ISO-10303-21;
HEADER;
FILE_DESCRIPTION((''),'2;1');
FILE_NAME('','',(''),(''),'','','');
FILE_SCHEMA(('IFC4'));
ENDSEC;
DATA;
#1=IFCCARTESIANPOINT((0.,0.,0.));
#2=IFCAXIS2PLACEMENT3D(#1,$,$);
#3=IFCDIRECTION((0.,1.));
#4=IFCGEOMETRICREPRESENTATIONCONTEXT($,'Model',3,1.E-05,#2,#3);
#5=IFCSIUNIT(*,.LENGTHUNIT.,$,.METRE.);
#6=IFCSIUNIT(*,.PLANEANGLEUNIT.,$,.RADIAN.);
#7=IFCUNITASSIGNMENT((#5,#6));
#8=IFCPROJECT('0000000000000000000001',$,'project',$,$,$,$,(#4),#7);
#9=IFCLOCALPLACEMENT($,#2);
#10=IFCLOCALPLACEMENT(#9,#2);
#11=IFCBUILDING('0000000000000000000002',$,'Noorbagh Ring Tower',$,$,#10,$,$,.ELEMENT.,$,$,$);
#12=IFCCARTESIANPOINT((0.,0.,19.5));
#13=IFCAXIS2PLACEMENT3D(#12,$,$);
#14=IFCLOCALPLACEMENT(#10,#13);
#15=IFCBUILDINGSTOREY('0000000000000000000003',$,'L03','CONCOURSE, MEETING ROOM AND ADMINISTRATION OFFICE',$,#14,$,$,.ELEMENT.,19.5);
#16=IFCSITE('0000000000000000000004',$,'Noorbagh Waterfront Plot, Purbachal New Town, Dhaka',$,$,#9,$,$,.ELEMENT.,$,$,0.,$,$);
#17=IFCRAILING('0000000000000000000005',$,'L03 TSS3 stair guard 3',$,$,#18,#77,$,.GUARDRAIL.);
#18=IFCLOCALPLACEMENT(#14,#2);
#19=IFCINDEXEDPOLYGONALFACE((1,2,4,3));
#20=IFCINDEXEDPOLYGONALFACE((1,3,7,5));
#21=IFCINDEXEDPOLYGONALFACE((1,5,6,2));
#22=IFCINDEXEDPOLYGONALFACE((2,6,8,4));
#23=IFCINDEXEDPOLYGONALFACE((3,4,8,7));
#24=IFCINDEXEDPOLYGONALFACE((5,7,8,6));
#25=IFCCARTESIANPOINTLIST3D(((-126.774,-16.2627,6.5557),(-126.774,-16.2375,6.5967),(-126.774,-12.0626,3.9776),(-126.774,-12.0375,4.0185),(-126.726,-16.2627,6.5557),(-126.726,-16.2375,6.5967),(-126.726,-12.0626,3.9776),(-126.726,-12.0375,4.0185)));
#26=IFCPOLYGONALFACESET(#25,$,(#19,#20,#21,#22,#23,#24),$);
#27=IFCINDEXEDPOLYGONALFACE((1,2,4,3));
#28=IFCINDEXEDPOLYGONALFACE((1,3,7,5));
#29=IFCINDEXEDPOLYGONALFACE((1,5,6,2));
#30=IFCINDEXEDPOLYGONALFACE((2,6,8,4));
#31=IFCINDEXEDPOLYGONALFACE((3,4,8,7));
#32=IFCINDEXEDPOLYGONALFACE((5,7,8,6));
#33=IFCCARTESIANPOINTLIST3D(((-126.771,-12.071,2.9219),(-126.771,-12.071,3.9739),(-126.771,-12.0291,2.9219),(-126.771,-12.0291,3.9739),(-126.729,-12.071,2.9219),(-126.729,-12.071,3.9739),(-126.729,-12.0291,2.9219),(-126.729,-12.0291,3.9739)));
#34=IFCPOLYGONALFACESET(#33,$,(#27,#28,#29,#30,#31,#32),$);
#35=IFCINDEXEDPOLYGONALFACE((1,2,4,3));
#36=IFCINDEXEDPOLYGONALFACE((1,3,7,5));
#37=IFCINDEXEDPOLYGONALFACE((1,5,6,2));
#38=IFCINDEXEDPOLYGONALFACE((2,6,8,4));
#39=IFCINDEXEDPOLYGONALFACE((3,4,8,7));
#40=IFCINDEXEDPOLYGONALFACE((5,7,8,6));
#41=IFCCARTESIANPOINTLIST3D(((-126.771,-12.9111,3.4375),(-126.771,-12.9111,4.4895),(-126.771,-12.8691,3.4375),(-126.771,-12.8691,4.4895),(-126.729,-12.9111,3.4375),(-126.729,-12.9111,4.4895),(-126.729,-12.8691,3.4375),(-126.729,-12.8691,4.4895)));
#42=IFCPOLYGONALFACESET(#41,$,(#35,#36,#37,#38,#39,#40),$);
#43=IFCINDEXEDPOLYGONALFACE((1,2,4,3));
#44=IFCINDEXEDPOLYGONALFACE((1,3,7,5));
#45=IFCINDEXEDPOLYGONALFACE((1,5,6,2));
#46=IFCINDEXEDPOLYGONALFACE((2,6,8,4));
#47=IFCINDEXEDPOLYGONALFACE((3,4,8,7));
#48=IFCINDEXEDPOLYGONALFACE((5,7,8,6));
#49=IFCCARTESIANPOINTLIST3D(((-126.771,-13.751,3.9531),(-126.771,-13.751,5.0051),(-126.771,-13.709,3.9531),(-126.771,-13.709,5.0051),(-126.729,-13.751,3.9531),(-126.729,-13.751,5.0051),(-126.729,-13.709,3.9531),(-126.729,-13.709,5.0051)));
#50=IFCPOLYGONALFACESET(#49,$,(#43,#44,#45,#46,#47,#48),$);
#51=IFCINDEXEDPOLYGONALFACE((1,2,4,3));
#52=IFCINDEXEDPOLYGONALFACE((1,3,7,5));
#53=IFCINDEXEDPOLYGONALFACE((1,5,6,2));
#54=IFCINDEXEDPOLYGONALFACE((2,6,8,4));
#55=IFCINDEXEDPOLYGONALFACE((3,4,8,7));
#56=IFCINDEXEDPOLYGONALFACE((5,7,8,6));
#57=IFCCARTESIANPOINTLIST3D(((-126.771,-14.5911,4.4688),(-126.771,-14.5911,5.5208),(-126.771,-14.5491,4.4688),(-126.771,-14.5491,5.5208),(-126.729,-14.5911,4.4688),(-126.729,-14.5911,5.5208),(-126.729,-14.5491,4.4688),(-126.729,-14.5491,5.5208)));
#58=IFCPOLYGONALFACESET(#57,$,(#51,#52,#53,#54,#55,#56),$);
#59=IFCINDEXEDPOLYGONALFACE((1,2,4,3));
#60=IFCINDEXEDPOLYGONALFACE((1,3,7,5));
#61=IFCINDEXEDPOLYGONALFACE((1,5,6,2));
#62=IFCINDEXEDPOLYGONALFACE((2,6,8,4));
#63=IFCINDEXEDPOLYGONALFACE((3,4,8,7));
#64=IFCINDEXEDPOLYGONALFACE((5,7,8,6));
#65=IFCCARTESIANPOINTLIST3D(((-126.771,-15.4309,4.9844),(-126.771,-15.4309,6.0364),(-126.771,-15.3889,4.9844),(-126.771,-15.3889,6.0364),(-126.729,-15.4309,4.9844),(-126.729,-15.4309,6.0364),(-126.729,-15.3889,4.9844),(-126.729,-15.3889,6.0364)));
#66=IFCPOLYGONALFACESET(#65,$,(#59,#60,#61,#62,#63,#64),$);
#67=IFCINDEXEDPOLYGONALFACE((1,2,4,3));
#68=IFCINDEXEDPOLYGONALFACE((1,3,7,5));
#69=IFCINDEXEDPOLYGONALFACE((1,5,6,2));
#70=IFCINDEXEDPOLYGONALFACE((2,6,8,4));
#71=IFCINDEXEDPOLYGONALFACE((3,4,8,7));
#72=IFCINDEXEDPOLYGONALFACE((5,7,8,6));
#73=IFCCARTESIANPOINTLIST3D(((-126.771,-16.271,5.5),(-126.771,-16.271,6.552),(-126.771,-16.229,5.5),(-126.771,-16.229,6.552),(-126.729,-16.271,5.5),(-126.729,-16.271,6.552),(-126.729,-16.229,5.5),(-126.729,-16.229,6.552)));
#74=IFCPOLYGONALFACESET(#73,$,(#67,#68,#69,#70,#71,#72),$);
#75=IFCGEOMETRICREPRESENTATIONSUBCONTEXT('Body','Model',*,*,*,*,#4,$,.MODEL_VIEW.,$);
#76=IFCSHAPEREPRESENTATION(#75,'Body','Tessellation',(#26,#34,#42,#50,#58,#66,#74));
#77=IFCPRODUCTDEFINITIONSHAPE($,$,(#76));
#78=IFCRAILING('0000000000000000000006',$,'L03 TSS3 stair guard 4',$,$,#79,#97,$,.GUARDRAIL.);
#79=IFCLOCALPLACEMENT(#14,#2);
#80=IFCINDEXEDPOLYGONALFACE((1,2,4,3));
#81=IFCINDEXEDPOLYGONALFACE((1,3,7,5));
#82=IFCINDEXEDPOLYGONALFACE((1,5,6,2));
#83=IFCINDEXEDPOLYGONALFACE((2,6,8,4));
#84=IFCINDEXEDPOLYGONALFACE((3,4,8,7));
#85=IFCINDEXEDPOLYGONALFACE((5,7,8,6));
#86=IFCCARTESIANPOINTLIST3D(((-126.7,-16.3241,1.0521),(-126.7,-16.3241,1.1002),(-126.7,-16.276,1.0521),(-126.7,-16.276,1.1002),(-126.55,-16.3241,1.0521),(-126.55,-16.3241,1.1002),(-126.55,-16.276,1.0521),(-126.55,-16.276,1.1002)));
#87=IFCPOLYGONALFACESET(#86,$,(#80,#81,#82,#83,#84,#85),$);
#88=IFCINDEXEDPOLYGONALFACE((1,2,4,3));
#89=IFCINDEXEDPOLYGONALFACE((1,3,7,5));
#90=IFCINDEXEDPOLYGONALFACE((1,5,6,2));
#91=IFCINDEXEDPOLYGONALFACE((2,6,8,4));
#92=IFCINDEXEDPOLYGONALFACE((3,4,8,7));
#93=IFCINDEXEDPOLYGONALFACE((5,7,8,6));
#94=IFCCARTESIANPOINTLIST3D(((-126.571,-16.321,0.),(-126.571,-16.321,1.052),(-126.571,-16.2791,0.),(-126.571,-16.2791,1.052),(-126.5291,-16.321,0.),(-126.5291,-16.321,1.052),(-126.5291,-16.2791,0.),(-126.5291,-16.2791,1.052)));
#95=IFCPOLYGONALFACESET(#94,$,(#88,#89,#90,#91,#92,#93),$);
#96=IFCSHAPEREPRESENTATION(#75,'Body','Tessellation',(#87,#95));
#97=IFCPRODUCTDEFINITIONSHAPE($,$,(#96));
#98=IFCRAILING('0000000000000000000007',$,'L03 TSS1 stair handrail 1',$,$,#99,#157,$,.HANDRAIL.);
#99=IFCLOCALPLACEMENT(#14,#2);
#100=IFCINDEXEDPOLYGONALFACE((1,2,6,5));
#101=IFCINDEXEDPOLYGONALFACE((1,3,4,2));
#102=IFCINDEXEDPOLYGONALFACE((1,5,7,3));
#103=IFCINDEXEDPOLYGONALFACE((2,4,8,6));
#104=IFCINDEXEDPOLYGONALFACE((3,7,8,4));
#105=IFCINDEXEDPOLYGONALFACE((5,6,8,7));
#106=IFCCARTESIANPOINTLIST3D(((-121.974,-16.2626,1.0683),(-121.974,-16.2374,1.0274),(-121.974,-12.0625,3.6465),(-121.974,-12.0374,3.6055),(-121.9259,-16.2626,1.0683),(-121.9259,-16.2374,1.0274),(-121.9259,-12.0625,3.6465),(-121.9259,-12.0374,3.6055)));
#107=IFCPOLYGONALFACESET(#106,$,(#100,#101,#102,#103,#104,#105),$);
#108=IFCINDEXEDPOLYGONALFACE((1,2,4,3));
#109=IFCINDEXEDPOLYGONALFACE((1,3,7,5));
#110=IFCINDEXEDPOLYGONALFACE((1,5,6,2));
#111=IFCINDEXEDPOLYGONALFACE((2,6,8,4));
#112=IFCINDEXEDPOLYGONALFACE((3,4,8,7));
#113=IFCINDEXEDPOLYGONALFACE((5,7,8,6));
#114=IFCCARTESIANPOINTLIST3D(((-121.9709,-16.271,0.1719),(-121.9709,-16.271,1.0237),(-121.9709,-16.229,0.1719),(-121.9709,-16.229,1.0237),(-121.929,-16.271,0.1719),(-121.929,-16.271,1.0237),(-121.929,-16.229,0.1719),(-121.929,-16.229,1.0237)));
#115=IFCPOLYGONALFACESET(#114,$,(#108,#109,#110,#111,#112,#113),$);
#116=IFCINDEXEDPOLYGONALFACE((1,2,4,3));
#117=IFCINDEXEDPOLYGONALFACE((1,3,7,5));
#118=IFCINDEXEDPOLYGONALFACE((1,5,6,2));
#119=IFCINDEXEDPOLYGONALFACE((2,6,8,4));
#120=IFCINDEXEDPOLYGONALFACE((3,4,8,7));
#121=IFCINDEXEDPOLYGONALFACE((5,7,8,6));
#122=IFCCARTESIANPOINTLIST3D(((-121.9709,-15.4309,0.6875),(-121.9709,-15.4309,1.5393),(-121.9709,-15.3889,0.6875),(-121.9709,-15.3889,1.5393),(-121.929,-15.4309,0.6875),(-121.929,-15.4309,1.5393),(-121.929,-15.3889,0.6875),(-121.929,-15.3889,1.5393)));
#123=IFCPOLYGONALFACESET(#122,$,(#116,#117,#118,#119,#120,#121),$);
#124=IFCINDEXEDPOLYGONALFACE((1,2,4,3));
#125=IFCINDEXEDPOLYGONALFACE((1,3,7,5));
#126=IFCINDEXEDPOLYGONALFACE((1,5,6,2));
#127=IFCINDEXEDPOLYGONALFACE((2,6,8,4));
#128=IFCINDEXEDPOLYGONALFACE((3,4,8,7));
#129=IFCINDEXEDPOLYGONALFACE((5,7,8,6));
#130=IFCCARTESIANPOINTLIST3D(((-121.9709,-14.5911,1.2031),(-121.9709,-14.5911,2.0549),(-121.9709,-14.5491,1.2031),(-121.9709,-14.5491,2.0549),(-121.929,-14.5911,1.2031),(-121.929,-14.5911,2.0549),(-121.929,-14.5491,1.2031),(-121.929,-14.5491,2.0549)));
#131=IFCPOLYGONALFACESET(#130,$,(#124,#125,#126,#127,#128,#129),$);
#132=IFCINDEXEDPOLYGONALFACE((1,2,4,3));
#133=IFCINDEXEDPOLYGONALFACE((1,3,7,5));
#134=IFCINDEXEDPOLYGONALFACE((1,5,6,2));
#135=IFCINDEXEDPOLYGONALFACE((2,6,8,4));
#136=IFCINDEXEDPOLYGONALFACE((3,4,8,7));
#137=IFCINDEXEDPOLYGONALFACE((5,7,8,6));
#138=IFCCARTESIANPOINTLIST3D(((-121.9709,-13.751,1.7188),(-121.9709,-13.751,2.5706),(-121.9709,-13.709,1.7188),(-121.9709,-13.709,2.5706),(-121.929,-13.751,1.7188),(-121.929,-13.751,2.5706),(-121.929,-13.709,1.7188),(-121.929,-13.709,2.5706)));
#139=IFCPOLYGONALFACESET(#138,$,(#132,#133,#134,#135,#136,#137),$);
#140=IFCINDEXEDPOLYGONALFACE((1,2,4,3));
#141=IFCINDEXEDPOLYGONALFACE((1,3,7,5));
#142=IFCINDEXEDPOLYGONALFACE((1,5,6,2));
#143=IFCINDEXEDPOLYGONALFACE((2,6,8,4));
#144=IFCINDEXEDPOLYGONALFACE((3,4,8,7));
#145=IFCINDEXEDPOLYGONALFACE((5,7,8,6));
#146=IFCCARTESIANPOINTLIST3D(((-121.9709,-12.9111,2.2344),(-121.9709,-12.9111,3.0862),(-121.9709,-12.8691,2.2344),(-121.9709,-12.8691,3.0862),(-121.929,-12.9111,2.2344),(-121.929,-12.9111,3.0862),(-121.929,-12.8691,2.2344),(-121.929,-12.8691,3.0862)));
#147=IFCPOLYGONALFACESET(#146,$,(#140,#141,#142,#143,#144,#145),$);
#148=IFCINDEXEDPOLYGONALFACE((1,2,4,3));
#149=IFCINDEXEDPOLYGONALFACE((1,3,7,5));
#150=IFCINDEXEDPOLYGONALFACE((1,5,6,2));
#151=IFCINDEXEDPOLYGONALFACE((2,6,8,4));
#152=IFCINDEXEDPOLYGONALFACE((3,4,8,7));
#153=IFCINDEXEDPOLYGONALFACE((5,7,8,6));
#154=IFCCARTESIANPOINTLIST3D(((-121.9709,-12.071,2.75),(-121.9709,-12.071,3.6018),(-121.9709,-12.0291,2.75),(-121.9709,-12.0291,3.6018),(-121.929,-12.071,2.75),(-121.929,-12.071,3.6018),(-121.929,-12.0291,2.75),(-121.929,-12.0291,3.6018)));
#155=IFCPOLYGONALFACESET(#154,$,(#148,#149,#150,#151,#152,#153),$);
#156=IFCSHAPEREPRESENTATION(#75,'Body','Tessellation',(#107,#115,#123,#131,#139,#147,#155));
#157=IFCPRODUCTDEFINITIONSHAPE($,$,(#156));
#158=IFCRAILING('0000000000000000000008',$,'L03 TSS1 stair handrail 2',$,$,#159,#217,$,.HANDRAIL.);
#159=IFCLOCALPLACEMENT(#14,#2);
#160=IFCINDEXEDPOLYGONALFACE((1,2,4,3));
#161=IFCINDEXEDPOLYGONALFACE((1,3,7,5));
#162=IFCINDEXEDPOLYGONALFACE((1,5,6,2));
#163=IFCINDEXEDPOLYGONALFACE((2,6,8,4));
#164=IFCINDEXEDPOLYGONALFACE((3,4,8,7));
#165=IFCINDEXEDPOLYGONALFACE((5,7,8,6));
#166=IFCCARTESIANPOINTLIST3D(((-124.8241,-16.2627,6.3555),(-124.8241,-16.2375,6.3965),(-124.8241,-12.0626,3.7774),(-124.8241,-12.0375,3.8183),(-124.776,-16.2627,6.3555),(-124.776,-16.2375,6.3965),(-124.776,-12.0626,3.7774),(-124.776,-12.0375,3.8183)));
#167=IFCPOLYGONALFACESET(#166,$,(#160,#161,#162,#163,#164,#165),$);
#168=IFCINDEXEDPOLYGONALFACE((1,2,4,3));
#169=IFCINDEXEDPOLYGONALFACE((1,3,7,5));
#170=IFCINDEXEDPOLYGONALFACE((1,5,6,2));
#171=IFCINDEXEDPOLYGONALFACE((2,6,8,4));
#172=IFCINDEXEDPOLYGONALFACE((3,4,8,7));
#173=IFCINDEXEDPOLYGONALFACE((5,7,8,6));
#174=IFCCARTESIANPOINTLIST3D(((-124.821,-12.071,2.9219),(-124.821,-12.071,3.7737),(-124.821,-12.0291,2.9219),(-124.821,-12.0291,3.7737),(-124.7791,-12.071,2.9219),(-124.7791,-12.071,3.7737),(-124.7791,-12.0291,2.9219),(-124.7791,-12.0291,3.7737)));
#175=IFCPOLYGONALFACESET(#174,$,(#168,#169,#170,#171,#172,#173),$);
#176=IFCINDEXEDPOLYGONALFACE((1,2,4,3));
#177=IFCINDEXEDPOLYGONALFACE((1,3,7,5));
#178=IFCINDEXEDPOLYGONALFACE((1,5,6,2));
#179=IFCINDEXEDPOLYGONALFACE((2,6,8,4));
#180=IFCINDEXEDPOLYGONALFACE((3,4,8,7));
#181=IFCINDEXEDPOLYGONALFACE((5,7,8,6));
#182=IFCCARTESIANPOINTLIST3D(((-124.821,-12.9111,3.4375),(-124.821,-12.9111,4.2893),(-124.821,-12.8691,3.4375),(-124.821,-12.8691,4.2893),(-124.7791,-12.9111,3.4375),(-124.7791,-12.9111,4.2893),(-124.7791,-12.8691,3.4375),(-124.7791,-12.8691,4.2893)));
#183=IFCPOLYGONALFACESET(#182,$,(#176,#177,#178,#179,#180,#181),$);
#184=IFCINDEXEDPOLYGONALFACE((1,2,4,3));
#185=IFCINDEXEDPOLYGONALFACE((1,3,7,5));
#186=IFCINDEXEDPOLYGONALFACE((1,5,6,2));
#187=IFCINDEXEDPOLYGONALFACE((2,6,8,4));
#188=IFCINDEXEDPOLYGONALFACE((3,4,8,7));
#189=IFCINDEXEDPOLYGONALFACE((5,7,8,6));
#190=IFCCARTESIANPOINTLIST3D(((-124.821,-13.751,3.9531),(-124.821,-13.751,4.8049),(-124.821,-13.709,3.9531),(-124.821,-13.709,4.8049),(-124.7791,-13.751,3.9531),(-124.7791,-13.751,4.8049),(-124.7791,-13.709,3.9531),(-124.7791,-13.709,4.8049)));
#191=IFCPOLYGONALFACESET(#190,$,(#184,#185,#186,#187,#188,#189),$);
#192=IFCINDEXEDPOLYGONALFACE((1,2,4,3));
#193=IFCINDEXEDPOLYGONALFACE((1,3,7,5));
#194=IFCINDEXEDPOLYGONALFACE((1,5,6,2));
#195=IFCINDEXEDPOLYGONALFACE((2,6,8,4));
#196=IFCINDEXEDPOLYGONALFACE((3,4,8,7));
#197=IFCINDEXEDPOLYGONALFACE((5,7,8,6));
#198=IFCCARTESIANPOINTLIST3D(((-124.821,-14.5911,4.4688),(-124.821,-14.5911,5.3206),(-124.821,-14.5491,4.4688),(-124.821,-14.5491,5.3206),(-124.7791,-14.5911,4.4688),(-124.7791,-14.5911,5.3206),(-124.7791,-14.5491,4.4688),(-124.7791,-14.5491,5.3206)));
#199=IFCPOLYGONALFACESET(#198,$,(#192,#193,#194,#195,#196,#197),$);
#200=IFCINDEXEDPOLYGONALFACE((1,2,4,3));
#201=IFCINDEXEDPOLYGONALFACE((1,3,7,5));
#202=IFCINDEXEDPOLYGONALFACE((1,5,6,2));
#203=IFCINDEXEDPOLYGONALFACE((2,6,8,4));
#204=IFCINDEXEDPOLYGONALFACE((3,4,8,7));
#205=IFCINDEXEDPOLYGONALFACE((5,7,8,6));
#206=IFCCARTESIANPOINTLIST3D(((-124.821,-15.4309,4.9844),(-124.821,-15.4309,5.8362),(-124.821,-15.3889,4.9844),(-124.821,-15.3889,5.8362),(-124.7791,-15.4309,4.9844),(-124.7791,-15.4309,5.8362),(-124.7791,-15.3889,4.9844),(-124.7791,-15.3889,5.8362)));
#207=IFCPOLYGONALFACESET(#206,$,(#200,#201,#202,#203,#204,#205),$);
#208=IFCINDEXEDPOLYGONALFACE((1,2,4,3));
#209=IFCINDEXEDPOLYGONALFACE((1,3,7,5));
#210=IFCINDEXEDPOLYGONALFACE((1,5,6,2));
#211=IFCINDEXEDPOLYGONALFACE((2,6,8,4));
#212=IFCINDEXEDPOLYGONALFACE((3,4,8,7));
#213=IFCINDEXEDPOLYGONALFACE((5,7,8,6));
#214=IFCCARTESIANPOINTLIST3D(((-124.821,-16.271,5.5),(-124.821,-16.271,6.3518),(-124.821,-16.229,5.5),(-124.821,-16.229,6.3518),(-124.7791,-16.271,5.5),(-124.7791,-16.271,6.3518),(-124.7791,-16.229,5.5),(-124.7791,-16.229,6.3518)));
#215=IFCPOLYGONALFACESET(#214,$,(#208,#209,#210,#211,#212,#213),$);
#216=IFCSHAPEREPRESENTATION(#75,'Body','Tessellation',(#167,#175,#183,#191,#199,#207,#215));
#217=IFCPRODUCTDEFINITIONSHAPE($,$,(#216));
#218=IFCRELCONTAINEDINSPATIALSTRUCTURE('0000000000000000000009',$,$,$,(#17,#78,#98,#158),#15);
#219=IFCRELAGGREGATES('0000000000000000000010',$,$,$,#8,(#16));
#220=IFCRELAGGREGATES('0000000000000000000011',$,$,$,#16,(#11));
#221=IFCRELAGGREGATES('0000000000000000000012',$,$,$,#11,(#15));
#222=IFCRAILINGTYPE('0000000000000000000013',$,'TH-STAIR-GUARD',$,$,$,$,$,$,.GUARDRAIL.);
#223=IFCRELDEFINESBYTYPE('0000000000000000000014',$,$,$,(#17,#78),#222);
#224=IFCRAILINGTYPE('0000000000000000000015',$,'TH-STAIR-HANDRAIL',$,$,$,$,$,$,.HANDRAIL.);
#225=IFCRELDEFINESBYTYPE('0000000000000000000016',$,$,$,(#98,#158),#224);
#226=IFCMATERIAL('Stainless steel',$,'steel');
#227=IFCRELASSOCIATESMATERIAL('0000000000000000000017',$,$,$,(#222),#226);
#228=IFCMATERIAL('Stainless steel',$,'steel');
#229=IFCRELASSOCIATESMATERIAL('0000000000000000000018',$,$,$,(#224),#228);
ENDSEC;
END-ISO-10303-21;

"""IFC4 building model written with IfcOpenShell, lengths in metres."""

from ifc_helpers import new_model, si_unit, direction, frame, origin, origin_2d, place, context, subcontext, project, spatial, rectangle, extrude, material, type_object, element, save


model = new_model("IFC4")

# Units and contexts
model_context = context("Model", 3, precision=1e-05, world=origin(), true_north=direction((0.0, 1.0)))
body_context = subcontext(model_context, "Body", "Model", "MODEL_VIEW")
ifc_project = project(units=[si_unit("LENGTHUNIT", "METRE"), si_unit("PLANEANGLEUNIT", "RADIAN")], contexts=[model_context])

# Site, building, storey
site_placement = place(None, origin())
site = spatial("IfcSite", under=ifc_project, at=site_placement, Name="Noorbagh Waterfront Plot, Purbachal New Town, Dhaka", CompositionType="ELEMENT", RefElevation=0.0)
building_placement = place(site_placement, origin())
building = spatial("IfcBuilding", under=site, at=building_placement, Name="Noorbagh Ring Tower", CompositionType="ELEMENT")
storey_placement = place(building_placement, frame((0.0, 0.0, 19.5)))
storey = spatial("IfcBuildingStorey", under=building, at=storey_placement, Name="L03", Description="CONCOURSE, MEETING ROOM AND ADMINISTRATION OFFICE", CompositionType="ELEMENT", Elevation=19.5)

# Railings
ifc_material_1 = material(Name="Stainless steel", Category="steel")
railing_type_1 = type_object("IfcRailingType", Name="TH-STAIR-GUARD", PredefinedType="GUARDRAIL", material=ifc_material_1)
railing_1_placement = place(storey_placement, frame((-126.75, -12.05, 2.9219)))
element("IfcRailing", 1, at=railing_1_placement, inside=storey, type_object=railing_type_1, Name="L03 TSS3 stair guard 3", PredefinedType="GUARDRAIL", context=body_context, shape_type="SweptSolid", body=[
    extrude(rectangle(XDim=0.0481, YDim=0.0481, at=origin_2d()), frame((0.0, 0.0, 1.0762), z_axis=(0.0, -0.852243, 0.523146), x_axis=(1.0, 0.0, 0.0)), (0.0, 0.0, 1.0), 4.9282),
    extrude(rectangle(XDim=0.042, YDim=0.042, at=origin_2d()), origin(), (0.0, 0.0, 1.0), 1.052),
    extrude(rectangle(XDim=0.042, YDim=0.042, at=origin_2d()), frame((0.0, -0.8401, 0.5156)), (0.0, 0.0, 1.0), 1.052),
    extrude(rectangle(XDim=0.042, YDim=0.042, at=origin_2d()), frame((0.0, -1.6799, 1.0312)), (0.0, 0.0, 1.0), 1.052),
    extrude(rectangle(XDim=0.042, YDim=0.042, at=origin_2d()), frame((0.0, -2.52, 1.5469)), (0.0, 0.0, 1.0), 1.052),
    extrude(rectangle(XDim=0.042, YDim=0.042, at=origin_2d()), frame((0.0, -3.3599, 2.0625)), (0.0, 0.0, 1.0), 1.052),
    extrude(rectangle(XDim=0.042, YDim=0.042, at=origin_2d()), frame((0.0, -4.2, 2.5781)), (0.0, 0.0, 1.0), 1.052),
])
railing_2_placement = place(storey_placement, frame((-126.55, -16.3, 0.0)))
element("IfcRailing", 2, at=railing_2_placement, inside=storey, type_object=railing_type_1, Name="L03 TSS3 stair guard 4", PredefinedType="GUARDRAIL", context=body_context, shape_type="SweptSolid", body=[
    extrude(rectangle(XDim=0.0481, YDim=0.0481, at=origin_2d()), frame((0.0, 0.0, 1.0762), z_axis=(-1.0, 0.0, 0.0), x_axis=(0.0, -1.0, 0.0)), (0.0, 0.0, 1.0), 0.1499),
    extrude(rectangle(XDim=0.042, YDim=0.042, at=origin_2d()), origin(), (0.0, 0.0, 1.0), 1.052),
])
ifc_material_2 = material(Name="Stainless steel", Category="steel")
railing_type_2 = type_object("IfcRailingType", Name="TH-STAIR-HANDRAIL", PredefinedType="HANDRAIL", material=ifc_material_2)
railing_3_placement = place(storey_placement, frame((-121.95, -16.25, 0.1719)))
element("IfcRailing", 3, at=railing_3_placement, inside=storey, type_object=railing_type_2, Name="L03 TSS1 stair handrail 1", PredefinedType="HANDRAIL", context=body_context, shape_type="SweptSolid", body=[
    extrude(rectangle(XDim=0.0481, YDim=0.0481, at=origin_2d()), frame((0.0, 0.0, 0.876), z_axis=(0.0, 0.852243, 0.523146), x_axis=(-1.0, 0.0, 0.0)), (0.0, 0.0, 1.0), 4.9282),
    extrude(rectangle(XDim=0.042, YDim=0.042, at=origin_2d()), origin(), (0.0, 0.0, 1.0), 0.8518),
    extrude(rectangle(XDim=0.042, YDim=0.042, at=origin_2d()), frame((0.0, 0.8401, 0.5156)), (0.0, 0.0, 1.0), 0.8518),
    extrude(rectangle(XDim=0.042, YDim=0.042, at=origin_2d()), frame((0.0, 1.6799, 1.0312)), (0.0, 0.0, 1.0), 0.8518),
    extrude(rectangle(XDim=0.042, YDim=0.042, at=origin_2d()), frame((0.0, 2.52, 1.5469)), (0.0, 0.0, 1.0), 0.8518),
    extrude(rectangle(XDim=0.042, YDim=0.042, at=origin_2d()), frame((0.0, 3.3599, 2.0625)), (0.0, 0.0, 1.0), 0.8518),
    extrude(rectangle(XDim=0.042, YDim=0.042, at=origin_2d()), frame((0.0, 4.2, 2.5781)), (0.0, 0.0, 1.0), 0.8518),
])
for number, where, name in (
    (4, (-124.8, -12.05, 2.9219), "L03 TSS1 stair handrail 2"),
):
    element("IfcRailing", number, at=place(storey_placement, frame(where)), inside=storey, type_object=railing_type_2, Name=name, PredefinedType="HANDRAIL", context=body_context, shape_type="SweptSolid", body=[
        extrude(rectangle(XDim=0.0481, YDim=0.0481, at=origin_2d()), frame((0.0, 0.0, 0.876), z_axis=(0.0, -0.852243, 0.523146), x_axis=(1.0, 0.0, 0.0)), (0.0, 0.0, 1.0), 4.9282),
        extrude(rectangle(XDim=0.042, YDim=0.042, at=origin_2d()), origin(), (0.0, 0.0, 1.0), 0.8518),
        extrude(rectangle(XDim=0.042, YDim=0.042, at=origin_2d()), frame((0.0, -0.8401, 0.5156)), (0.0, 0.0, 1.0), 0.8518),
        extrude(rectangle(XDim=0.042, YDim=0.042, at=origin_2d()), frame((0.0, -1.6799, 1.0312)), (0.0, 0.0, 1.0), 0.8518),
        extrude(rectangle(XDim=0.042, YDim=0.042, at=origin_2d()), frame((0.0, -2.52, 1.5469)), (0.0, 0.0, 1.0), 0.8518),
        extrude(rectangle(XDim=0.042, YDim=0.042, at=origin_2d()), frame((0.0, -3.3599, 2.0625)), (0.0, 0.0, 1.0), 0.8518),
        extrude(rectangle(XDim=0.042, YDim=0.042, at=origin_2d()), frame((0.0, -4.2, 2.5781)), (0.0, 0.0, 1.0), 0.8518),
    ])

save(model, "model.ifc")
